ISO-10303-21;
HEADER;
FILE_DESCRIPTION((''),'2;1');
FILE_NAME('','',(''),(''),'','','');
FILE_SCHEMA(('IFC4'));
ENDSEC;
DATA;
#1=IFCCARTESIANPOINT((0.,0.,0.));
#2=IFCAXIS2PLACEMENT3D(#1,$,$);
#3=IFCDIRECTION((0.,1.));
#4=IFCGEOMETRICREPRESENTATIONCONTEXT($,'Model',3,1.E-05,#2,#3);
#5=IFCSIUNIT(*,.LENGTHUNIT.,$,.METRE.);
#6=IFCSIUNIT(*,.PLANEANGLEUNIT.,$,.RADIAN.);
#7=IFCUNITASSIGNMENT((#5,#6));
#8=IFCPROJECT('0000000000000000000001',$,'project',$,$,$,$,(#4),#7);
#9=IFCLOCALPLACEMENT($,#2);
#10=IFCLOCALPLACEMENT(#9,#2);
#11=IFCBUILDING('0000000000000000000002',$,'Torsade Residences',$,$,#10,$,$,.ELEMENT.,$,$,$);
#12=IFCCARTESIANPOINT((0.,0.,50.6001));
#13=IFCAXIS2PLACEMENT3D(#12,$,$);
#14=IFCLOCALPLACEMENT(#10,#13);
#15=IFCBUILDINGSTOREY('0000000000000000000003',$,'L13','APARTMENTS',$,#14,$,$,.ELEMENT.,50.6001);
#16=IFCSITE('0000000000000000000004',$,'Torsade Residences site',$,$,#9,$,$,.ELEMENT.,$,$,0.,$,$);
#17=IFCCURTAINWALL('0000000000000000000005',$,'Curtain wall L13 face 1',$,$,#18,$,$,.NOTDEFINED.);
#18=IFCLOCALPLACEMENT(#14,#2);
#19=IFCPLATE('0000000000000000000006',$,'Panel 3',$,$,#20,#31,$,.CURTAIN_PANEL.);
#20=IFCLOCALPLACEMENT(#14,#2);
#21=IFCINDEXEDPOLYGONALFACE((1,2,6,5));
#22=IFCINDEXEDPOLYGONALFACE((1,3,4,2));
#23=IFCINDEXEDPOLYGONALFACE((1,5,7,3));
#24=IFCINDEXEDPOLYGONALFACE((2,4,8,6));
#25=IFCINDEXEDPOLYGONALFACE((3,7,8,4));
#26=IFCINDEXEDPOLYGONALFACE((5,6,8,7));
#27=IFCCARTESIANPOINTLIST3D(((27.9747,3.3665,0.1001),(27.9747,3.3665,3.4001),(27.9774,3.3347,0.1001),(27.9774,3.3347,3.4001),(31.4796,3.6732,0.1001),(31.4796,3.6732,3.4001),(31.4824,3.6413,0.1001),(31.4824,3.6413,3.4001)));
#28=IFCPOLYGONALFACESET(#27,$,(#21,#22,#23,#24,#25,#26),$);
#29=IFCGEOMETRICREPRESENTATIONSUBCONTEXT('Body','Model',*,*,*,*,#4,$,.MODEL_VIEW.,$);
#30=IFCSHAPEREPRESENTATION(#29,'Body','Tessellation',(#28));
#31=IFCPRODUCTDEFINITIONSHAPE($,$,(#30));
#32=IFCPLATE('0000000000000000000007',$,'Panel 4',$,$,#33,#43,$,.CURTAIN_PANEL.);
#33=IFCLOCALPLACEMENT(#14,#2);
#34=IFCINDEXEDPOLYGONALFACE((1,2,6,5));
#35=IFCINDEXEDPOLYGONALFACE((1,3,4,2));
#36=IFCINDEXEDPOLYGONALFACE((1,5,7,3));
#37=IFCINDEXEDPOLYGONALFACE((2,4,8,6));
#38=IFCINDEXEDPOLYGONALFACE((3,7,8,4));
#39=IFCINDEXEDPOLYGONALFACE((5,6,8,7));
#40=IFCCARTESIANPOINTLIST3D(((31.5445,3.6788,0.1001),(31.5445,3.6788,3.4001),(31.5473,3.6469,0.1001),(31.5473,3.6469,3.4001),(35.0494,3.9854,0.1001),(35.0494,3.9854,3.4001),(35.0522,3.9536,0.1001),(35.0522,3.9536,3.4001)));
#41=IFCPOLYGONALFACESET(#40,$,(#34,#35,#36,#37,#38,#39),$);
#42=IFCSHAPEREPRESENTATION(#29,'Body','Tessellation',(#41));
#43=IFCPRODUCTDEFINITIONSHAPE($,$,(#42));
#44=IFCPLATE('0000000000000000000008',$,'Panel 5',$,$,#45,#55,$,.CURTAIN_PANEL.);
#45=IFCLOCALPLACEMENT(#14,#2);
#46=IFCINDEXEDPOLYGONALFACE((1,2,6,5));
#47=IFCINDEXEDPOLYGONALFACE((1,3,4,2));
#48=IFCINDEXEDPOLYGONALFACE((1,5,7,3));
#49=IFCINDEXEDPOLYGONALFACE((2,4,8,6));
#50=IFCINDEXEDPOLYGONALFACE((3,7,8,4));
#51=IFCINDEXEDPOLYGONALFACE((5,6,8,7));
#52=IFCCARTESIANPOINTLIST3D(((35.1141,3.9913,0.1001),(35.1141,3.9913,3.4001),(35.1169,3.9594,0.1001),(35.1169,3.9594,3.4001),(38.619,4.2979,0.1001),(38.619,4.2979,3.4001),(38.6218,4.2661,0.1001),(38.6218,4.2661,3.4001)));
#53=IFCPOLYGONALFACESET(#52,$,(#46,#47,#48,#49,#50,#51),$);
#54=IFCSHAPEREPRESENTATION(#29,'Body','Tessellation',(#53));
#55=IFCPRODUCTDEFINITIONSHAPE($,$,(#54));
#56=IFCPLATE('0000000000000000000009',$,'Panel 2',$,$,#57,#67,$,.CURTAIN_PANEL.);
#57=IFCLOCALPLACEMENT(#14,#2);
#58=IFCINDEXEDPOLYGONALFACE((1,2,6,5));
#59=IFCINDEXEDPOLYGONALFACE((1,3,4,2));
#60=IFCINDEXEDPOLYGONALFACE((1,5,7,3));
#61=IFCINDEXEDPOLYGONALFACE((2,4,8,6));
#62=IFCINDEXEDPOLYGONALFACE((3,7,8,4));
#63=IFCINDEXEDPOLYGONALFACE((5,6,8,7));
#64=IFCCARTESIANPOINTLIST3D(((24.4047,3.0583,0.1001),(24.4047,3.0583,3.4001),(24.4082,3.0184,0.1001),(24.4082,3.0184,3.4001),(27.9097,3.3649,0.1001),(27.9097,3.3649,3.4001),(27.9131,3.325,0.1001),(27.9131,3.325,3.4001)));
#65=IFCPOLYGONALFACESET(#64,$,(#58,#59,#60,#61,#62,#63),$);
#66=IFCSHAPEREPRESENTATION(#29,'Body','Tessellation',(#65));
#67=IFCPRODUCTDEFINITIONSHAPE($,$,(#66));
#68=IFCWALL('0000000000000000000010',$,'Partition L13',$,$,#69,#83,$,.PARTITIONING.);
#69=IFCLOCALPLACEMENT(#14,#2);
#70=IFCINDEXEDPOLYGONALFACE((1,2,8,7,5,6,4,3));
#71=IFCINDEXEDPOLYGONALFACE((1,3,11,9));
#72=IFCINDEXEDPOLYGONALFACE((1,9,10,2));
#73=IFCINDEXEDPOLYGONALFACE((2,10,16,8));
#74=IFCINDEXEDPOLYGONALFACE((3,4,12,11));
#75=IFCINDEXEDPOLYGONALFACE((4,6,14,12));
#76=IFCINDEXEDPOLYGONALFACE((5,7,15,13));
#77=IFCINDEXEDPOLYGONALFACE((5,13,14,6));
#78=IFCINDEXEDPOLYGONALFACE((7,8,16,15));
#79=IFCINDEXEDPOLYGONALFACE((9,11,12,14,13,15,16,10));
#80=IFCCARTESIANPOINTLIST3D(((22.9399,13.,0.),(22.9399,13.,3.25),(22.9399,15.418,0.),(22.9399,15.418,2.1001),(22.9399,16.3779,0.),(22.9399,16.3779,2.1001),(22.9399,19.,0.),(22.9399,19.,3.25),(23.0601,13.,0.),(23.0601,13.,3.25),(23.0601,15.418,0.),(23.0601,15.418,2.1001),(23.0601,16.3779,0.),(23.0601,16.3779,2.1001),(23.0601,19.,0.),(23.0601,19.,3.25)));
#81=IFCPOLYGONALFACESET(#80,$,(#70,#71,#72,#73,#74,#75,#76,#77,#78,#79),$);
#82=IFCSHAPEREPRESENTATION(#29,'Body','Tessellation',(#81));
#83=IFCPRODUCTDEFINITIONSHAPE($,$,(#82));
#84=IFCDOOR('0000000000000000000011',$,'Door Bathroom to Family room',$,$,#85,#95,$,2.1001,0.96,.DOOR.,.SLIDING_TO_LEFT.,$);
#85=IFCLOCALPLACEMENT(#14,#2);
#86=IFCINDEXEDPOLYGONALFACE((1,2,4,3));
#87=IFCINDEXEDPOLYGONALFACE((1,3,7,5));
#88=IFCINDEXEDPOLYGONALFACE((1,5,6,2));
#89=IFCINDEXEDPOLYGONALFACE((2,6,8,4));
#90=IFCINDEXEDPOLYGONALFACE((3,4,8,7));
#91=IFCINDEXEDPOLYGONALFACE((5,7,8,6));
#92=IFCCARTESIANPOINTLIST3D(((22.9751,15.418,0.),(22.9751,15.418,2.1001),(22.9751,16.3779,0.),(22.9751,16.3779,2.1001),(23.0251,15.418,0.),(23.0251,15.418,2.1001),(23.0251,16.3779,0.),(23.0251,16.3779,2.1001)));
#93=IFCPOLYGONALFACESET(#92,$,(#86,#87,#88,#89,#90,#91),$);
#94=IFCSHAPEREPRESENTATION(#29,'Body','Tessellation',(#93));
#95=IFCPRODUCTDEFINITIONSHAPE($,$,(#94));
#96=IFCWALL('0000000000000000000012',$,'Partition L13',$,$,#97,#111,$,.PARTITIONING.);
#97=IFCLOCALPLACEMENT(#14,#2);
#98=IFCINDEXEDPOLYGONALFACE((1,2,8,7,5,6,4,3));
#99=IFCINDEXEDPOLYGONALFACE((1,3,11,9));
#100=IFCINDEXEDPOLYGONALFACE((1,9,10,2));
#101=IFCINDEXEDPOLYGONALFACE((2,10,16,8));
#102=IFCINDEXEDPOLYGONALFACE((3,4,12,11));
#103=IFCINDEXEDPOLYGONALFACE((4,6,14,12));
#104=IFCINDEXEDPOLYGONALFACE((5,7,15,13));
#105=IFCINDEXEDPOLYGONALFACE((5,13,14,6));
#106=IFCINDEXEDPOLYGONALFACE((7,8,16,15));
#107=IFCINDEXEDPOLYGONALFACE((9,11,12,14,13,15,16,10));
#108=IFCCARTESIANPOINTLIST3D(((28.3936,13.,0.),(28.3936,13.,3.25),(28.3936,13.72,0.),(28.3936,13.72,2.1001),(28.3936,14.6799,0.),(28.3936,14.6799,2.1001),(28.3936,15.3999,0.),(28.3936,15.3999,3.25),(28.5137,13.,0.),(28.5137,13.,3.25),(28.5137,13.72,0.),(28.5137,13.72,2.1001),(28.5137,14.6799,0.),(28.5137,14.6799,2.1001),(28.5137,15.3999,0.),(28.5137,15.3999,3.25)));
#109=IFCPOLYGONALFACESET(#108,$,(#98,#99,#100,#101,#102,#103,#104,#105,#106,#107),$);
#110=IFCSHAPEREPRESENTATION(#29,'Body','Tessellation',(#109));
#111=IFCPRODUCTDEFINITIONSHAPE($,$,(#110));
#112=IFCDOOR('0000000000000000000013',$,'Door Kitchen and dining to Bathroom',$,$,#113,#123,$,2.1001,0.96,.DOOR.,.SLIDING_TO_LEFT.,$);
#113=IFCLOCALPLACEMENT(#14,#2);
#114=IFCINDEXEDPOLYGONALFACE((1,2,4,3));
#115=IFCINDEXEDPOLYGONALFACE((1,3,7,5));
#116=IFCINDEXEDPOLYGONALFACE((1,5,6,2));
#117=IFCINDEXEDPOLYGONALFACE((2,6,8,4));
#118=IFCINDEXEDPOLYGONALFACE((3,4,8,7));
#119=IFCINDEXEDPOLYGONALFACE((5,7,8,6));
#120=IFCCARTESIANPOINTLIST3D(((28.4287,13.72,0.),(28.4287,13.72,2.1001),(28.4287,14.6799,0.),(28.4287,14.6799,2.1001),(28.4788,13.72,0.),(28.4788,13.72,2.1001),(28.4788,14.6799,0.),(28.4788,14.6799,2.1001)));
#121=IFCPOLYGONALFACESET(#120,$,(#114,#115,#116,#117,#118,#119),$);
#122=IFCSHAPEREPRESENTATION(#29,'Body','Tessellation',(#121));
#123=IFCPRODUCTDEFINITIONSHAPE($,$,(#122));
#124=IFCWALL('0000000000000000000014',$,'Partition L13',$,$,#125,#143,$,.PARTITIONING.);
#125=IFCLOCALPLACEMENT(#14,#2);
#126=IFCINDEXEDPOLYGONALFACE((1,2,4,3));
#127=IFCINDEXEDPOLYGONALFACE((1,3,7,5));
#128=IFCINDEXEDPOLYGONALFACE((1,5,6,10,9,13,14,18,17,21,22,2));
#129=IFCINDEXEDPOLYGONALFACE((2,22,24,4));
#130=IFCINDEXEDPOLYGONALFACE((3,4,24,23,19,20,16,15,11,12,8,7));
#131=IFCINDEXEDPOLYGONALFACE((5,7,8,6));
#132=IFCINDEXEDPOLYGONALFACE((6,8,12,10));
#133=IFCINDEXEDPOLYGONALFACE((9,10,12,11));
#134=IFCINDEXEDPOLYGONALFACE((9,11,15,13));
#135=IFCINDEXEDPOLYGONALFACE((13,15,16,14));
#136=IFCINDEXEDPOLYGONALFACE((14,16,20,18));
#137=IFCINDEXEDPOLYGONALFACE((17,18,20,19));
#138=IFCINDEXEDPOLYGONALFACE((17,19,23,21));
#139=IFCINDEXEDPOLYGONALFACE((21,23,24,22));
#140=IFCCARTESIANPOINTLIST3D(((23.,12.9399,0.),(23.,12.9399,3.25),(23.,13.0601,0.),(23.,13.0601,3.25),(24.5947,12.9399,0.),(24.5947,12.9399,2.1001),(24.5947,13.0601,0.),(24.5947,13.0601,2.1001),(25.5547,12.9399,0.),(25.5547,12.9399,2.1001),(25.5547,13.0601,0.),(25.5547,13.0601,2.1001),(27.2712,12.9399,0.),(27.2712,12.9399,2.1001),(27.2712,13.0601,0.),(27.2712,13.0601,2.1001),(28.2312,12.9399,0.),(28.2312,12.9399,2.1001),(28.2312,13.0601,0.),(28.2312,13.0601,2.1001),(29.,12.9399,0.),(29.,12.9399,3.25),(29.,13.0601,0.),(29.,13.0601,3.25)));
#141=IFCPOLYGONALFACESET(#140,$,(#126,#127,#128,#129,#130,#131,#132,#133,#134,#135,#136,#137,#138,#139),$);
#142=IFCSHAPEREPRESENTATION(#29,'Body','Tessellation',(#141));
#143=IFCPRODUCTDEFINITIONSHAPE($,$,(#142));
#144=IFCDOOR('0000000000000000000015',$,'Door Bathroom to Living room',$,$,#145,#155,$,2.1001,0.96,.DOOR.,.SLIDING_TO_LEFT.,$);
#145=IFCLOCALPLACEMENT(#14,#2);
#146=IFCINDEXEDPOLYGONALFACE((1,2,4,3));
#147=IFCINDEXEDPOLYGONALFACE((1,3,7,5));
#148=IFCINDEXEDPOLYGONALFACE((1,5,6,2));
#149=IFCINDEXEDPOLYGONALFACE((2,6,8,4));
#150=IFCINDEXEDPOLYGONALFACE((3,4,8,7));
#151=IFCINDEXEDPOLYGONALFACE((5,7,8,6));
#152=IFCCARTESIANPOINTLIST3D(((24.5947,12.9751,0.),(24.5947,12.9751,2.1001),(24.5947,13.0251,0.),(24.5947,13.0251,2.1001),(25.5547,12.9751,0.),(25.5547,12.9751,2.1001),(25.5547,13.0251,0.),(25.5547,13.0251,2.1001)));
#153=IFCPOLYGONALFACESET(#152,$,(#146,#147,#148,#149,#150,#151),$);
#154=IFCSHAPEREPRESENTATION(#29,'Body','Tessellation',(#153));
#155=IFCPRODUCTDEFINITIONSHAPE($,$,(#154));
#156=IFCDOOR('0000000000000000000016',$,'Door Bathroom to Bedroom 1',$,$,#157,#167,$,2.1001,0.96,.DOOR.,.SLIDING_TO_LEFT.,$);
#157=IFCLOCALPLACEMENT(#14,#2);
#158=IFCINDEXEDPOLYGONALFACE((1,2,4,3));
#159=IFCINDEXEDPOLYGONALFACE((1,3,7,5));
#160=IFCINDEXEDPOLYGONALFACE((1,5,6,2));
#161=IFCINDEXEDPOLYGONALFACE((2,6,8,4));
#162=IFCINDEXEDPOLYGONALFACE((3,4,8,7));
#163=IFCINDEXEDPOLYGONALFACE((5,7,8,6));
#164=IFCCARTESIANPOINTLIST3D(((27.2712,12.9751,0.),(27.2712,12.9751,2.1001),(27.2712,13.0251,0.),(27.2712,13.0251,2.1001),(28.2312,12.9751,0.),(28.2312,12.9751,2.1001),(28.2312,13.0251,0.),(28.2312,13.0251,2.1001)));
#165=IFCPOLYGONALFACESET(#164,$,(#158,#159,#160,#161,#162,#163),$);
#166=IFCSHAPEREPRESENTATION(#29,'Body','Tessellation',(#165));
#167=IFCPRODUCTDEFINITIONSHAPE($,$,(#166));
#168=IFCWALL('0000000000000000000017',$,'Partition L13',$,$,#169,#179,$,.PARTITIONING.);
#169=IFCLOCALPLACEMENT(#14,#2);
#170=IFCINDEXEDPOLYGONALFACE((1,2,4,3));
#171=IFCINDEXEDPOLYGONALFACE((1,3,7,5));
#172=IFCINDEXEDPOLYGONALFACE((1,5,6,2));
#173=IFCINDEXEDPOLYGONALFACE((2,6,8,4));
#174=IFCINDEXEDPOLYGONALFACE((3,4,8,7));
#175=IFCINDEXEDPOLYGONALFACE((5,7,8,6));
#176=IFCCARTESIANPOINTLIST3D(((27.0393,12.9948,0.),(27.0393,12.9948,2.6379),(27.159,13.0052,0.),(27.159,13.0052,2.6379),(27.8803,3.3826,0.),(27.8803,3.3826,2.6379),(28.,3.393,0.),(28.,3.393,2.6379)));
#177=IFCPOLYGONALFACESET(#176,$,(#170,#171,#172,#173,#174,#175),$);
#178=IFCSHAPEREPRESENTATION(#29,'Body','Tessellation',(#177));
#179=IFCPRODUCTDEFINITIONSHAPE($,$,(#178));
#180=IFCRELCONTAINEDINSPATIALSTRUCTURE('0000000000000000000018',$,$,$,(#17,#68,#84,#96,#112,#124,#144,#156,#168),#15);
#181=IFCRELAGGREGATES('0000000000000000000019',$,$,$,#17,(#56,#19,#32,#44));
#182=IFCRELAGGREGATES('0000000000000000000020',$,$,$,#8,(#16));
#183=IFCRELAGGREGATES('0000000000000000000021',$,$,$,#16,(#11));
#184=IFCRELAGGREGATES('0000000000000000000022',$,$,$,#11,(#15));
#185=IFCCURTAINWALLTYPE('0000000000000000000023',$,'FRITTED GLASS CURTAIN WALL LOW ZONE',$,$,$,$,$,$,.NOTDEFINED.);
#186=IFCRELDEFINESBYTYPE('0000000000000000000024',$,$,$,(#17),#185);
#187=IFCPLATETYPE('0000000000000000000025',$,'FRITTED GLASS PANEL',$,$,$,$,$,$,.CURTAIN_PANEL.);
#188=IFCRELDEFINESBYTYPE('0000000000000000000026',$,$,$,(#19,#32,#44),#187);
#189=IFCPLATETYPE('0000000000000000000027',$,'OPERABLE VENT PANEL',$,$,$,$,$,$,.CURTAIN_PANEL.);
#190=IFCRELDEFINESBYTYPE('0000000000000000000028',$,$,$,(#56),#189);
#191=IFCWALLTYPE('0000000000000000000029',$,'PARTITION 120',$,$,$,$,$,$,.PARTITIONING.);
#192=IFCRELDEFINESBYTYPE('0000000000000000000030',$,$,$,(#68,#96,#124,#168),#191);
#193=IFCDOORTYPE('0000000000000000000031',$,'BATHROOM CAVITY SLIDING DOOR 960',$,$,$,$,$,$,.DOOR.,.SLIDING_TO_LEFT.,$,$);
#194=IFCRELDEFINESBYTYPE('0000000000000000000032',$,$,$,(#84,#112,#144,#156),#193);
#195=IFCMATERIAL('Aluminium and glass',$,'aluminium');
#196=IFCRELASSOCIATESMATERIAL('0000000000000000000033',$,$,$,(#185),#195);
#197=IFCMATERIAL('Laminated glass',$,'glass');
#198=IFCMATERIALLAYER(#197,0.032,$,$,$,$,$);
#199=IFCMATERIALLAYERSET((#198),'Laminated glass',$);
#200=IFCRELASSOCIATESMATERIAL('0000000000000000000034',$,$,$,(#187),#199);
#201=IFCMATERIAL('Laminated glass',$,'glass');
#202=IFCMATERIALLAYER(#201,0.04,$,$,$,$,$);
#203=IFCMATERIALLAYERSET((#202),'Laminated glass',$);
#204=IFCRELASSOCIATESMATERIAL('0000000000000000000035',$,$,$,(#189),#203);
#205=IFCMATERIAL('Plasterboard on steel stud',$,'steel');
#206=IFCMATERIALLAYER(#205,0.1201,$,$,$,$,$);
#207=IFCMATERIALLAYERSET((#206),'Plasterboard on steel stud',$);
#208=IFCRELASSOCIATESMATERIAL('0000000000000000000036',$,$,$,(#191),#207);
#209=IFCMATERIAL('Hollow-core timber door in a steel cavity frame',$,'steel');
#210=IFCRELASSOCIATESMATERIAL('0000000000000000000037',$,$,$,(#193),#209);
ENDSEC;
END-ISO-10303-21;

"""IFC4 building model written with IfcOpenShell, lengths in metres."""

from ifc_helpers import new_model, si_unit, direction, frame, frame_2d, origin, origin_2d, place, context, subcontext, project, spatial, rectangle, extrude, material, layer, layer_set, type_object, element, fill, aggregate, save


model = new_model("IFC4")

# Units and contexts
model_context = context("Model", 3, precision=1e-05, world=origin(), true_north=direction((0.0, 1.0)))
body_context = subcontext(model_context, "Body", "Model", "MODEL_VIEW")
ifc_project = project(units=[si_unit("LENGTHUNIT", "METRE"), si_unit("PLANEANGLEUNIT", "RADIAN")], contexts=[model_context])

# Site, building, storey
site_placement = place(None, origin())
site = spatial("IfcSite", under=ifc_project, at=site_placement, Name="Torsade Residences site", CompositionType="ELEMENT", RefElevation=0.0)
building_placement = place(site_placement, origin())
building = spatial("IfcBuilding", under=site, at=building_placement, Name="Torsade Residences", CompositionType="ELEMENT")
storey_placement = place(building_placement, frame((0.0, 0.0, 50.6001)))
storey = spatial("IfcBuildingStorey", under=building, at=storey_placement, Name="L13", Description="APARTMENTS", CompositionType="ELEMENT", Elevation=50.6001)

# Curtain wall
ifc_material_1 = material(Name="Aluminium and glass", Category="aluminium")
curtain_wall_type = type_object("IfcCurtainWallType", Name="FRITTED GLASS CURTAIN WALL LOW ZONE", PredefinedType="NOTDEFINED", material=ifc_material_1)
curtain_wall_placement = place(storey_placement, origin())
curtain_wall = element("IfcCurtainWall", 1, at=curtain_wall_placement, inside=storey, type_object=curtain_wall_type, Name="Curtain wall L13 face 1", PredefinedType="NOTDEFINED")

# Plates
ifc_material_2 = material(Name="Laminated glass", Category="glass")
ifc_layer_1 = layer(ifc_material_2, 0.032)
ifc_layer_set_1 = layer_set([ifc_layer_1], Name="Laminated glass")
plate_type_1 = type_object("IfcPlateType", Name="FRITTED GLASS PANEL", PredefinedType="CURTAIN_PANEL", material=ifc_layer_set_1)
plate_1_placement = place(storey_placement, frame((29.7285, 3.5039, 0.1001), z_axis=(0.0, 0.0, 1.0), x_axis=(0.996195, 0.087156, 0.0)))
plate_1 = element("IfcPlate", 2, at=plate_1_placement, type_object=plate_type_1, Name="Panel 3", PredefinedType="CURTAIN_PANEL", context=body_context, shape_type="SweptSolid", body=[
    extrude(rectangle(XDim=3.5183, YDim=0.032, at=origin_2d()), origin(), (0.0, 0.0, 1.0), 3.3),
])
plate_2_placement = place(storey_placement, frame((33.2983, 3.8162, 0.1001), z_axis=(0.0, 0.0, 1.0), x_axis=(0.996195, 0.087156, 0.0)))
plate_2 = element("IfcPlate", 3, at=plate_2_placement, type_object=plate_type_1, Name="Panel 4", PredefinedType="CURTAIN_PANEL", context=body_context, shape_type="SweptSolid", body=[
    extrude(rectangle(XDim=3.5183, YDim=0.032, at=origin_2d()), origin(), (0.0, 0.0, 1.0), 3.3),
])
plate_3_placement = place(storey_placement, frame((36.8679, 4.1287, 0.1001), z_axis=(0.0, 0.0, 1.0), x_axis=(0.996195, 0.087156, 0.0)))
plate_3 = element("IfcPlate", 4, at=plate_3_placement, type_object=plate_type_1, Name="Panel 5", PredefinedType="CURTAIN_PANEL", context=body_context, shape_type="SweptSolid", body=[
    extrude(rectangle(XDim=3.5183, YDim=0.032, at=origin_2d()), origin(), (0.0, 0.0, 1.0), 3.3),
])
ifc_material_3 = material(Name="Laminated glass", Category="glass")
ifc_layer_2 = layer(ifc_material_3, 0.04)
ifc_layer_set_2 = layer_set([ifc_layer_2], Name="Laminated glass")
plate_type_2 = type_object("IfcPlateType", Name="OPERABLE VENT PANEL", PredefinedType="CURTAIN_PANEL", material=ifc_layer_set_2)
plate_4_placement = place(storey_placement, frame((26.1589, 3.1917, 0.1001), z_axis=(0.0, 0.0, 1.0), x_axis=(0.996195, 0.087156, 0.0)))
plate_4 = element("IfcPlate", 5, at=plate_4_placement, type_object=plate_type_2, Name="Panel 2", PredefinedType="CURTAIN_PANEL", context=body_context, shape_type="SweptSolid", body=[
    extrude(rectangle(XDim=3.5183, YDim=0.04, at=origin_2d()), origin(), (0.0, 0.0, 1.0), 3.3),
])
aggregate(curtain_wall, [plate_4, plate_1, plate_2, plate_3])

# Walls, openings, doors
ifc_material_4 = material(Name="Plasterboard on steel stud", Category="steel")
ifc_layer_3 = layer(ifc_material_4, 0.1201)
ifc_layer_set_3 = layer_set([ifc_layer_3], Name="Plasterboard on steel stud")
wall_type_1 = type_object("IfcWallType", Name="PARTITION 120", PredefinedType="PARTITIONING", material=ifc_layer_set_3)
wall_1_placement = place(storey_placement, frame((23.0, 13.0, 0.0), z_axis=(0.0, 0.0, 1.0), x_axis=(0.0, 1.0, 0.0)))
wall_1 = element("IfcWall", 6, at=wall_1_placement, inside=storey, type_object=wall_type_1, Name="Partition L13", PredefinedType="PARTITIONING", context=body_context, shape_type="SweptSolid", body=[
    extrude(rectangle(XDim=6.0, YDim=0.1201, at=frame_2d((3.0, 0.0))), origin(), (0.0, 0.0, 1.0), 3.25),
])
opening_1_placement = place(wall_1_placement, frame((2.418, 0.0, 0.0)))
opening_1 = element("IfcOpeningElement", 7, at=opening_1_placement, cuts=wall_1, PredefinedType="OPENING", context=body_context, shape_type="SweptSolid", body=[
    extrude(rectangle(XDim=0.96, YDim=2.1001, at=frame_2d((0.48, 1.05))), frame((0.0, 0.0701, 0.0), z_axis=(0.0, -1.0, 0.0), x_axis=(1.0, 0.0, 0.0)), (0.0, 0.0, 1.0), 0.1401),
])
ifc_material_5 = material(Name="Hollow-core timber door in a steel cavity frame", Category="steel")
door_type_1 = type_object("IfcDoorType", Name="BATHROOM CAVITY SLIDING DOOR 960", OperationType="SLIDING_TO_LEFT", PredefinedType="DOOR", material=ifc_material_5)
door_1_placement = place(opening_1_placement, origin())
door_1 = element("IfcDoor", 8, at=door_1_placement, inside=storey, type_object=door_type_1, Name="Door Bathroom to Family room", OperationType="SLIDING_TO_LEFT", OverallHeight=2.1001, OverallWidth=0.96, PredefinedType="DOOR", context=body_context, shape_type="SweptSolid", body=[
    extrude(rectangle(XDim=0.96, YDim=2.1001, at=frame_2d((0.48, 1.05))), frame((0.0, 0.0249, 0.0), z_axis=(0.0, -1.0, 0.0), x_axis=(1.0, 0.0, 0.0)), (0.0, 0.0, 1.0), 0.05),
])
fill(opening_1, door_1)
wall_2_placement = place(storey_placement, frame((28.4536, 13.0, 0.0), z_axis=(0.0, 0.0, 1.0), x_axis=(0.0, 1.0, 0.0)))
wall_2 = element("IfcWall", 9, at=wall_2_placement, inside=storey, type_object=wall_type_1, Name="Partition L13", PredefinedType="PARTITIONING", context=body_context, shape_type="SweptSolid", body=[
    extrude(rectangle(XDim=2.3999, YDim=0.1201, at=frame_2d((1.2, 0.0))), origin(), (0.0, 0.0, 1.0), 3.25),
])
opening_2_placement = place(wall_2_placement, frame((0.72, 0.0, 0.0)))
opening_2 = element("IfcOpeningElement", 10, at=opening_2_placement, cuts=wall_2, PredefinedType="OPENING", context=body_context, shape_type="SweptSolid", body=[
    extrude(rectangle(XDim=0.96, YDim=2.1001, at=frame_2d((0.48, 1.05))), frame((0.0, 0.0701, 0.0), z_axis=(0.0, -1.0, 0.0), x_axis=(1.0, 0.0, 0.0)), (0.0, 0.0, 1.0), 0.1401),
])
door_2_placement = place(opening_2_placement, origin())
door_2 = element("IfcDoor", 11, at=door_2_placement, inside=storey, type_object=door_type_1, Name="Door Kitchen and dining to Bathroom", OperationType="SLIDING_TO_LEFT", OverallHeight=2.1001, OverallWidth=0.96, PredefinedType="DOOR", context=body_context, shape_type="SweptSolid", body=[
    extrude(rectangle(XDim=0.96, YDim=2.1001, at=frame_2d((0.48, 1.05))), frame((0.0, 0.0249, 0.0), z_axis=(0.0, -1.0, 0.0), x_axis=(1.0, 0.0, 0.0)), (0.0, 0.0, 1.0), 0.05),
])
fill(opening_2, door_2)

# Wall, openings, doors
wall_3_placement = place(storey_placement, frame((29.0, 13.0, 0.0), z_axis=(0.0, 0.0, 1.0), x_axis=(-1.0, 0.0, 0.0)))
wall_3 = element("IfcWall", 12, at=wall_3_placement, inside=storey, type_object=wall_type_1, Name="Partition L13", PredefinedType="PARTITIONING", context=body_context, shape_type="SweptSolid", body=[
    extrude(rectangle(XDim=6.0, YDim=0.1201, at=frame_2d((3.0, 0.0))), origin(), (0.0, 0.0, 1.0), 3.25),
])
opening_3_placement = place(wall_3_placement, frame((3.4453, 0.0, 0.0)))
opening_3 = element("IfcOpeningElement", 13, at=opening_3_placement, cuts=wall_3, PredefinedType="OPENING", context=body_context, shape_type="SweptSolid", body=[
    extrude(rectangle(XDim=0.96, YDim=2.1001, at=frame_2d((0.48, 1.05))), frame((0.0, 0.0701, 0.0), z_axis=(0.0, -1.0, 0.0), x_axis=(1.0, 0.0, 0.0)), (0.0, 0.0, 1.0), 0.1401),
])
opening_4_placement = place(wall_3_placement, frame((0.7688, 0.0, 0.0)))
opening_4 = element("IfcOpeningElement", 14, at=opening_4_placement, cuts=wall_3, PredefinedType="OPENING", context=body_context, shape_type="SweptSolid", body=[
    extrude(rectangle(XDim=0.96, YDim=2.1001, at=frame_2d((0.48, 1.05))), frame((0.0, 0.0701, 0.0), z_axis=(0.0, -1.0, 0.0), x_axis=(1.0, 0.0, 0.0)), (0.0, 0.0, 1.0), 0.1401),
])
door_3_placement = place(opening_3_placement, origin())
door_3 = element("IfcDoor", 15, at=door_3_placement, inside=storey, type_object=door_type_1, Name="Door Bathroom to Living room", OperationType="SLIDING_TO_LEFT", OverallHeight=2.1001, OverallWidth=0.96, PredefinedType="DOOR", context=body_context, shape_type="SweptSolid", body=[
    extrude(rectangle(XDim=0.96, YDim=2.1001, at=frame_2d((0.48, 1.05))), frame((0.0, 0.0249, 0.0), z_axis=(0.0, -1.0, 0.0), x_axis=(1.0, 0.0, 0.0)), (0.0, 0.0, 1.0), 0.05),
])
fill(opening_3, door_3)
door_4_placement = place(opening_4_placement, origin())
door_4 = element("IfcDoor", 16, at=door_4_placement, inside=storey, type_object=door_type_1, Name="Door Bathroom to Bedroom 1", OperationType="SLIDING_TO_LEFT", OverallHeight=2.1001, OverallWidth=0.96, PredefinedType="DOOR", context=body_context, shape_type="SweptSolid", body=[
    extrude(rectangle(XDim=0.96, YDim=2.1001, at=frame_2d((0.48, 1.05))), frame((0.0, 0.0249, 0.0), z_axis=(0.0, -1.0, 0.0), x_axis=(1.0, 0.0, 0.0)), (0.0, 0.0, 1.0), 0.05),
])
fill(opening_4, door_4)

# Wall
wall_4_placement = place(storey_placement, frame((27.0991, 13.0, 0.0), z_axis=(0.0, 0.0, 1.0), x_axis=(0.087166, -0.996194, 0.0)))
element("IfcWall", 17, at=wall_4_placement, inside=storey, type_object=wall_type_1, Name="Partition L13", PredefinedType="PARTITIONING", context=body_context, shape_type="SweptSolid", body=[
    extrude(rectangle(XDim=9.6489, YDim=0.1201, at=frame_2d((4.8245, 0.0))), origin(), (0.0, 0.0, 1.0), 2.6379),
])

save(model, "model.ifc")
